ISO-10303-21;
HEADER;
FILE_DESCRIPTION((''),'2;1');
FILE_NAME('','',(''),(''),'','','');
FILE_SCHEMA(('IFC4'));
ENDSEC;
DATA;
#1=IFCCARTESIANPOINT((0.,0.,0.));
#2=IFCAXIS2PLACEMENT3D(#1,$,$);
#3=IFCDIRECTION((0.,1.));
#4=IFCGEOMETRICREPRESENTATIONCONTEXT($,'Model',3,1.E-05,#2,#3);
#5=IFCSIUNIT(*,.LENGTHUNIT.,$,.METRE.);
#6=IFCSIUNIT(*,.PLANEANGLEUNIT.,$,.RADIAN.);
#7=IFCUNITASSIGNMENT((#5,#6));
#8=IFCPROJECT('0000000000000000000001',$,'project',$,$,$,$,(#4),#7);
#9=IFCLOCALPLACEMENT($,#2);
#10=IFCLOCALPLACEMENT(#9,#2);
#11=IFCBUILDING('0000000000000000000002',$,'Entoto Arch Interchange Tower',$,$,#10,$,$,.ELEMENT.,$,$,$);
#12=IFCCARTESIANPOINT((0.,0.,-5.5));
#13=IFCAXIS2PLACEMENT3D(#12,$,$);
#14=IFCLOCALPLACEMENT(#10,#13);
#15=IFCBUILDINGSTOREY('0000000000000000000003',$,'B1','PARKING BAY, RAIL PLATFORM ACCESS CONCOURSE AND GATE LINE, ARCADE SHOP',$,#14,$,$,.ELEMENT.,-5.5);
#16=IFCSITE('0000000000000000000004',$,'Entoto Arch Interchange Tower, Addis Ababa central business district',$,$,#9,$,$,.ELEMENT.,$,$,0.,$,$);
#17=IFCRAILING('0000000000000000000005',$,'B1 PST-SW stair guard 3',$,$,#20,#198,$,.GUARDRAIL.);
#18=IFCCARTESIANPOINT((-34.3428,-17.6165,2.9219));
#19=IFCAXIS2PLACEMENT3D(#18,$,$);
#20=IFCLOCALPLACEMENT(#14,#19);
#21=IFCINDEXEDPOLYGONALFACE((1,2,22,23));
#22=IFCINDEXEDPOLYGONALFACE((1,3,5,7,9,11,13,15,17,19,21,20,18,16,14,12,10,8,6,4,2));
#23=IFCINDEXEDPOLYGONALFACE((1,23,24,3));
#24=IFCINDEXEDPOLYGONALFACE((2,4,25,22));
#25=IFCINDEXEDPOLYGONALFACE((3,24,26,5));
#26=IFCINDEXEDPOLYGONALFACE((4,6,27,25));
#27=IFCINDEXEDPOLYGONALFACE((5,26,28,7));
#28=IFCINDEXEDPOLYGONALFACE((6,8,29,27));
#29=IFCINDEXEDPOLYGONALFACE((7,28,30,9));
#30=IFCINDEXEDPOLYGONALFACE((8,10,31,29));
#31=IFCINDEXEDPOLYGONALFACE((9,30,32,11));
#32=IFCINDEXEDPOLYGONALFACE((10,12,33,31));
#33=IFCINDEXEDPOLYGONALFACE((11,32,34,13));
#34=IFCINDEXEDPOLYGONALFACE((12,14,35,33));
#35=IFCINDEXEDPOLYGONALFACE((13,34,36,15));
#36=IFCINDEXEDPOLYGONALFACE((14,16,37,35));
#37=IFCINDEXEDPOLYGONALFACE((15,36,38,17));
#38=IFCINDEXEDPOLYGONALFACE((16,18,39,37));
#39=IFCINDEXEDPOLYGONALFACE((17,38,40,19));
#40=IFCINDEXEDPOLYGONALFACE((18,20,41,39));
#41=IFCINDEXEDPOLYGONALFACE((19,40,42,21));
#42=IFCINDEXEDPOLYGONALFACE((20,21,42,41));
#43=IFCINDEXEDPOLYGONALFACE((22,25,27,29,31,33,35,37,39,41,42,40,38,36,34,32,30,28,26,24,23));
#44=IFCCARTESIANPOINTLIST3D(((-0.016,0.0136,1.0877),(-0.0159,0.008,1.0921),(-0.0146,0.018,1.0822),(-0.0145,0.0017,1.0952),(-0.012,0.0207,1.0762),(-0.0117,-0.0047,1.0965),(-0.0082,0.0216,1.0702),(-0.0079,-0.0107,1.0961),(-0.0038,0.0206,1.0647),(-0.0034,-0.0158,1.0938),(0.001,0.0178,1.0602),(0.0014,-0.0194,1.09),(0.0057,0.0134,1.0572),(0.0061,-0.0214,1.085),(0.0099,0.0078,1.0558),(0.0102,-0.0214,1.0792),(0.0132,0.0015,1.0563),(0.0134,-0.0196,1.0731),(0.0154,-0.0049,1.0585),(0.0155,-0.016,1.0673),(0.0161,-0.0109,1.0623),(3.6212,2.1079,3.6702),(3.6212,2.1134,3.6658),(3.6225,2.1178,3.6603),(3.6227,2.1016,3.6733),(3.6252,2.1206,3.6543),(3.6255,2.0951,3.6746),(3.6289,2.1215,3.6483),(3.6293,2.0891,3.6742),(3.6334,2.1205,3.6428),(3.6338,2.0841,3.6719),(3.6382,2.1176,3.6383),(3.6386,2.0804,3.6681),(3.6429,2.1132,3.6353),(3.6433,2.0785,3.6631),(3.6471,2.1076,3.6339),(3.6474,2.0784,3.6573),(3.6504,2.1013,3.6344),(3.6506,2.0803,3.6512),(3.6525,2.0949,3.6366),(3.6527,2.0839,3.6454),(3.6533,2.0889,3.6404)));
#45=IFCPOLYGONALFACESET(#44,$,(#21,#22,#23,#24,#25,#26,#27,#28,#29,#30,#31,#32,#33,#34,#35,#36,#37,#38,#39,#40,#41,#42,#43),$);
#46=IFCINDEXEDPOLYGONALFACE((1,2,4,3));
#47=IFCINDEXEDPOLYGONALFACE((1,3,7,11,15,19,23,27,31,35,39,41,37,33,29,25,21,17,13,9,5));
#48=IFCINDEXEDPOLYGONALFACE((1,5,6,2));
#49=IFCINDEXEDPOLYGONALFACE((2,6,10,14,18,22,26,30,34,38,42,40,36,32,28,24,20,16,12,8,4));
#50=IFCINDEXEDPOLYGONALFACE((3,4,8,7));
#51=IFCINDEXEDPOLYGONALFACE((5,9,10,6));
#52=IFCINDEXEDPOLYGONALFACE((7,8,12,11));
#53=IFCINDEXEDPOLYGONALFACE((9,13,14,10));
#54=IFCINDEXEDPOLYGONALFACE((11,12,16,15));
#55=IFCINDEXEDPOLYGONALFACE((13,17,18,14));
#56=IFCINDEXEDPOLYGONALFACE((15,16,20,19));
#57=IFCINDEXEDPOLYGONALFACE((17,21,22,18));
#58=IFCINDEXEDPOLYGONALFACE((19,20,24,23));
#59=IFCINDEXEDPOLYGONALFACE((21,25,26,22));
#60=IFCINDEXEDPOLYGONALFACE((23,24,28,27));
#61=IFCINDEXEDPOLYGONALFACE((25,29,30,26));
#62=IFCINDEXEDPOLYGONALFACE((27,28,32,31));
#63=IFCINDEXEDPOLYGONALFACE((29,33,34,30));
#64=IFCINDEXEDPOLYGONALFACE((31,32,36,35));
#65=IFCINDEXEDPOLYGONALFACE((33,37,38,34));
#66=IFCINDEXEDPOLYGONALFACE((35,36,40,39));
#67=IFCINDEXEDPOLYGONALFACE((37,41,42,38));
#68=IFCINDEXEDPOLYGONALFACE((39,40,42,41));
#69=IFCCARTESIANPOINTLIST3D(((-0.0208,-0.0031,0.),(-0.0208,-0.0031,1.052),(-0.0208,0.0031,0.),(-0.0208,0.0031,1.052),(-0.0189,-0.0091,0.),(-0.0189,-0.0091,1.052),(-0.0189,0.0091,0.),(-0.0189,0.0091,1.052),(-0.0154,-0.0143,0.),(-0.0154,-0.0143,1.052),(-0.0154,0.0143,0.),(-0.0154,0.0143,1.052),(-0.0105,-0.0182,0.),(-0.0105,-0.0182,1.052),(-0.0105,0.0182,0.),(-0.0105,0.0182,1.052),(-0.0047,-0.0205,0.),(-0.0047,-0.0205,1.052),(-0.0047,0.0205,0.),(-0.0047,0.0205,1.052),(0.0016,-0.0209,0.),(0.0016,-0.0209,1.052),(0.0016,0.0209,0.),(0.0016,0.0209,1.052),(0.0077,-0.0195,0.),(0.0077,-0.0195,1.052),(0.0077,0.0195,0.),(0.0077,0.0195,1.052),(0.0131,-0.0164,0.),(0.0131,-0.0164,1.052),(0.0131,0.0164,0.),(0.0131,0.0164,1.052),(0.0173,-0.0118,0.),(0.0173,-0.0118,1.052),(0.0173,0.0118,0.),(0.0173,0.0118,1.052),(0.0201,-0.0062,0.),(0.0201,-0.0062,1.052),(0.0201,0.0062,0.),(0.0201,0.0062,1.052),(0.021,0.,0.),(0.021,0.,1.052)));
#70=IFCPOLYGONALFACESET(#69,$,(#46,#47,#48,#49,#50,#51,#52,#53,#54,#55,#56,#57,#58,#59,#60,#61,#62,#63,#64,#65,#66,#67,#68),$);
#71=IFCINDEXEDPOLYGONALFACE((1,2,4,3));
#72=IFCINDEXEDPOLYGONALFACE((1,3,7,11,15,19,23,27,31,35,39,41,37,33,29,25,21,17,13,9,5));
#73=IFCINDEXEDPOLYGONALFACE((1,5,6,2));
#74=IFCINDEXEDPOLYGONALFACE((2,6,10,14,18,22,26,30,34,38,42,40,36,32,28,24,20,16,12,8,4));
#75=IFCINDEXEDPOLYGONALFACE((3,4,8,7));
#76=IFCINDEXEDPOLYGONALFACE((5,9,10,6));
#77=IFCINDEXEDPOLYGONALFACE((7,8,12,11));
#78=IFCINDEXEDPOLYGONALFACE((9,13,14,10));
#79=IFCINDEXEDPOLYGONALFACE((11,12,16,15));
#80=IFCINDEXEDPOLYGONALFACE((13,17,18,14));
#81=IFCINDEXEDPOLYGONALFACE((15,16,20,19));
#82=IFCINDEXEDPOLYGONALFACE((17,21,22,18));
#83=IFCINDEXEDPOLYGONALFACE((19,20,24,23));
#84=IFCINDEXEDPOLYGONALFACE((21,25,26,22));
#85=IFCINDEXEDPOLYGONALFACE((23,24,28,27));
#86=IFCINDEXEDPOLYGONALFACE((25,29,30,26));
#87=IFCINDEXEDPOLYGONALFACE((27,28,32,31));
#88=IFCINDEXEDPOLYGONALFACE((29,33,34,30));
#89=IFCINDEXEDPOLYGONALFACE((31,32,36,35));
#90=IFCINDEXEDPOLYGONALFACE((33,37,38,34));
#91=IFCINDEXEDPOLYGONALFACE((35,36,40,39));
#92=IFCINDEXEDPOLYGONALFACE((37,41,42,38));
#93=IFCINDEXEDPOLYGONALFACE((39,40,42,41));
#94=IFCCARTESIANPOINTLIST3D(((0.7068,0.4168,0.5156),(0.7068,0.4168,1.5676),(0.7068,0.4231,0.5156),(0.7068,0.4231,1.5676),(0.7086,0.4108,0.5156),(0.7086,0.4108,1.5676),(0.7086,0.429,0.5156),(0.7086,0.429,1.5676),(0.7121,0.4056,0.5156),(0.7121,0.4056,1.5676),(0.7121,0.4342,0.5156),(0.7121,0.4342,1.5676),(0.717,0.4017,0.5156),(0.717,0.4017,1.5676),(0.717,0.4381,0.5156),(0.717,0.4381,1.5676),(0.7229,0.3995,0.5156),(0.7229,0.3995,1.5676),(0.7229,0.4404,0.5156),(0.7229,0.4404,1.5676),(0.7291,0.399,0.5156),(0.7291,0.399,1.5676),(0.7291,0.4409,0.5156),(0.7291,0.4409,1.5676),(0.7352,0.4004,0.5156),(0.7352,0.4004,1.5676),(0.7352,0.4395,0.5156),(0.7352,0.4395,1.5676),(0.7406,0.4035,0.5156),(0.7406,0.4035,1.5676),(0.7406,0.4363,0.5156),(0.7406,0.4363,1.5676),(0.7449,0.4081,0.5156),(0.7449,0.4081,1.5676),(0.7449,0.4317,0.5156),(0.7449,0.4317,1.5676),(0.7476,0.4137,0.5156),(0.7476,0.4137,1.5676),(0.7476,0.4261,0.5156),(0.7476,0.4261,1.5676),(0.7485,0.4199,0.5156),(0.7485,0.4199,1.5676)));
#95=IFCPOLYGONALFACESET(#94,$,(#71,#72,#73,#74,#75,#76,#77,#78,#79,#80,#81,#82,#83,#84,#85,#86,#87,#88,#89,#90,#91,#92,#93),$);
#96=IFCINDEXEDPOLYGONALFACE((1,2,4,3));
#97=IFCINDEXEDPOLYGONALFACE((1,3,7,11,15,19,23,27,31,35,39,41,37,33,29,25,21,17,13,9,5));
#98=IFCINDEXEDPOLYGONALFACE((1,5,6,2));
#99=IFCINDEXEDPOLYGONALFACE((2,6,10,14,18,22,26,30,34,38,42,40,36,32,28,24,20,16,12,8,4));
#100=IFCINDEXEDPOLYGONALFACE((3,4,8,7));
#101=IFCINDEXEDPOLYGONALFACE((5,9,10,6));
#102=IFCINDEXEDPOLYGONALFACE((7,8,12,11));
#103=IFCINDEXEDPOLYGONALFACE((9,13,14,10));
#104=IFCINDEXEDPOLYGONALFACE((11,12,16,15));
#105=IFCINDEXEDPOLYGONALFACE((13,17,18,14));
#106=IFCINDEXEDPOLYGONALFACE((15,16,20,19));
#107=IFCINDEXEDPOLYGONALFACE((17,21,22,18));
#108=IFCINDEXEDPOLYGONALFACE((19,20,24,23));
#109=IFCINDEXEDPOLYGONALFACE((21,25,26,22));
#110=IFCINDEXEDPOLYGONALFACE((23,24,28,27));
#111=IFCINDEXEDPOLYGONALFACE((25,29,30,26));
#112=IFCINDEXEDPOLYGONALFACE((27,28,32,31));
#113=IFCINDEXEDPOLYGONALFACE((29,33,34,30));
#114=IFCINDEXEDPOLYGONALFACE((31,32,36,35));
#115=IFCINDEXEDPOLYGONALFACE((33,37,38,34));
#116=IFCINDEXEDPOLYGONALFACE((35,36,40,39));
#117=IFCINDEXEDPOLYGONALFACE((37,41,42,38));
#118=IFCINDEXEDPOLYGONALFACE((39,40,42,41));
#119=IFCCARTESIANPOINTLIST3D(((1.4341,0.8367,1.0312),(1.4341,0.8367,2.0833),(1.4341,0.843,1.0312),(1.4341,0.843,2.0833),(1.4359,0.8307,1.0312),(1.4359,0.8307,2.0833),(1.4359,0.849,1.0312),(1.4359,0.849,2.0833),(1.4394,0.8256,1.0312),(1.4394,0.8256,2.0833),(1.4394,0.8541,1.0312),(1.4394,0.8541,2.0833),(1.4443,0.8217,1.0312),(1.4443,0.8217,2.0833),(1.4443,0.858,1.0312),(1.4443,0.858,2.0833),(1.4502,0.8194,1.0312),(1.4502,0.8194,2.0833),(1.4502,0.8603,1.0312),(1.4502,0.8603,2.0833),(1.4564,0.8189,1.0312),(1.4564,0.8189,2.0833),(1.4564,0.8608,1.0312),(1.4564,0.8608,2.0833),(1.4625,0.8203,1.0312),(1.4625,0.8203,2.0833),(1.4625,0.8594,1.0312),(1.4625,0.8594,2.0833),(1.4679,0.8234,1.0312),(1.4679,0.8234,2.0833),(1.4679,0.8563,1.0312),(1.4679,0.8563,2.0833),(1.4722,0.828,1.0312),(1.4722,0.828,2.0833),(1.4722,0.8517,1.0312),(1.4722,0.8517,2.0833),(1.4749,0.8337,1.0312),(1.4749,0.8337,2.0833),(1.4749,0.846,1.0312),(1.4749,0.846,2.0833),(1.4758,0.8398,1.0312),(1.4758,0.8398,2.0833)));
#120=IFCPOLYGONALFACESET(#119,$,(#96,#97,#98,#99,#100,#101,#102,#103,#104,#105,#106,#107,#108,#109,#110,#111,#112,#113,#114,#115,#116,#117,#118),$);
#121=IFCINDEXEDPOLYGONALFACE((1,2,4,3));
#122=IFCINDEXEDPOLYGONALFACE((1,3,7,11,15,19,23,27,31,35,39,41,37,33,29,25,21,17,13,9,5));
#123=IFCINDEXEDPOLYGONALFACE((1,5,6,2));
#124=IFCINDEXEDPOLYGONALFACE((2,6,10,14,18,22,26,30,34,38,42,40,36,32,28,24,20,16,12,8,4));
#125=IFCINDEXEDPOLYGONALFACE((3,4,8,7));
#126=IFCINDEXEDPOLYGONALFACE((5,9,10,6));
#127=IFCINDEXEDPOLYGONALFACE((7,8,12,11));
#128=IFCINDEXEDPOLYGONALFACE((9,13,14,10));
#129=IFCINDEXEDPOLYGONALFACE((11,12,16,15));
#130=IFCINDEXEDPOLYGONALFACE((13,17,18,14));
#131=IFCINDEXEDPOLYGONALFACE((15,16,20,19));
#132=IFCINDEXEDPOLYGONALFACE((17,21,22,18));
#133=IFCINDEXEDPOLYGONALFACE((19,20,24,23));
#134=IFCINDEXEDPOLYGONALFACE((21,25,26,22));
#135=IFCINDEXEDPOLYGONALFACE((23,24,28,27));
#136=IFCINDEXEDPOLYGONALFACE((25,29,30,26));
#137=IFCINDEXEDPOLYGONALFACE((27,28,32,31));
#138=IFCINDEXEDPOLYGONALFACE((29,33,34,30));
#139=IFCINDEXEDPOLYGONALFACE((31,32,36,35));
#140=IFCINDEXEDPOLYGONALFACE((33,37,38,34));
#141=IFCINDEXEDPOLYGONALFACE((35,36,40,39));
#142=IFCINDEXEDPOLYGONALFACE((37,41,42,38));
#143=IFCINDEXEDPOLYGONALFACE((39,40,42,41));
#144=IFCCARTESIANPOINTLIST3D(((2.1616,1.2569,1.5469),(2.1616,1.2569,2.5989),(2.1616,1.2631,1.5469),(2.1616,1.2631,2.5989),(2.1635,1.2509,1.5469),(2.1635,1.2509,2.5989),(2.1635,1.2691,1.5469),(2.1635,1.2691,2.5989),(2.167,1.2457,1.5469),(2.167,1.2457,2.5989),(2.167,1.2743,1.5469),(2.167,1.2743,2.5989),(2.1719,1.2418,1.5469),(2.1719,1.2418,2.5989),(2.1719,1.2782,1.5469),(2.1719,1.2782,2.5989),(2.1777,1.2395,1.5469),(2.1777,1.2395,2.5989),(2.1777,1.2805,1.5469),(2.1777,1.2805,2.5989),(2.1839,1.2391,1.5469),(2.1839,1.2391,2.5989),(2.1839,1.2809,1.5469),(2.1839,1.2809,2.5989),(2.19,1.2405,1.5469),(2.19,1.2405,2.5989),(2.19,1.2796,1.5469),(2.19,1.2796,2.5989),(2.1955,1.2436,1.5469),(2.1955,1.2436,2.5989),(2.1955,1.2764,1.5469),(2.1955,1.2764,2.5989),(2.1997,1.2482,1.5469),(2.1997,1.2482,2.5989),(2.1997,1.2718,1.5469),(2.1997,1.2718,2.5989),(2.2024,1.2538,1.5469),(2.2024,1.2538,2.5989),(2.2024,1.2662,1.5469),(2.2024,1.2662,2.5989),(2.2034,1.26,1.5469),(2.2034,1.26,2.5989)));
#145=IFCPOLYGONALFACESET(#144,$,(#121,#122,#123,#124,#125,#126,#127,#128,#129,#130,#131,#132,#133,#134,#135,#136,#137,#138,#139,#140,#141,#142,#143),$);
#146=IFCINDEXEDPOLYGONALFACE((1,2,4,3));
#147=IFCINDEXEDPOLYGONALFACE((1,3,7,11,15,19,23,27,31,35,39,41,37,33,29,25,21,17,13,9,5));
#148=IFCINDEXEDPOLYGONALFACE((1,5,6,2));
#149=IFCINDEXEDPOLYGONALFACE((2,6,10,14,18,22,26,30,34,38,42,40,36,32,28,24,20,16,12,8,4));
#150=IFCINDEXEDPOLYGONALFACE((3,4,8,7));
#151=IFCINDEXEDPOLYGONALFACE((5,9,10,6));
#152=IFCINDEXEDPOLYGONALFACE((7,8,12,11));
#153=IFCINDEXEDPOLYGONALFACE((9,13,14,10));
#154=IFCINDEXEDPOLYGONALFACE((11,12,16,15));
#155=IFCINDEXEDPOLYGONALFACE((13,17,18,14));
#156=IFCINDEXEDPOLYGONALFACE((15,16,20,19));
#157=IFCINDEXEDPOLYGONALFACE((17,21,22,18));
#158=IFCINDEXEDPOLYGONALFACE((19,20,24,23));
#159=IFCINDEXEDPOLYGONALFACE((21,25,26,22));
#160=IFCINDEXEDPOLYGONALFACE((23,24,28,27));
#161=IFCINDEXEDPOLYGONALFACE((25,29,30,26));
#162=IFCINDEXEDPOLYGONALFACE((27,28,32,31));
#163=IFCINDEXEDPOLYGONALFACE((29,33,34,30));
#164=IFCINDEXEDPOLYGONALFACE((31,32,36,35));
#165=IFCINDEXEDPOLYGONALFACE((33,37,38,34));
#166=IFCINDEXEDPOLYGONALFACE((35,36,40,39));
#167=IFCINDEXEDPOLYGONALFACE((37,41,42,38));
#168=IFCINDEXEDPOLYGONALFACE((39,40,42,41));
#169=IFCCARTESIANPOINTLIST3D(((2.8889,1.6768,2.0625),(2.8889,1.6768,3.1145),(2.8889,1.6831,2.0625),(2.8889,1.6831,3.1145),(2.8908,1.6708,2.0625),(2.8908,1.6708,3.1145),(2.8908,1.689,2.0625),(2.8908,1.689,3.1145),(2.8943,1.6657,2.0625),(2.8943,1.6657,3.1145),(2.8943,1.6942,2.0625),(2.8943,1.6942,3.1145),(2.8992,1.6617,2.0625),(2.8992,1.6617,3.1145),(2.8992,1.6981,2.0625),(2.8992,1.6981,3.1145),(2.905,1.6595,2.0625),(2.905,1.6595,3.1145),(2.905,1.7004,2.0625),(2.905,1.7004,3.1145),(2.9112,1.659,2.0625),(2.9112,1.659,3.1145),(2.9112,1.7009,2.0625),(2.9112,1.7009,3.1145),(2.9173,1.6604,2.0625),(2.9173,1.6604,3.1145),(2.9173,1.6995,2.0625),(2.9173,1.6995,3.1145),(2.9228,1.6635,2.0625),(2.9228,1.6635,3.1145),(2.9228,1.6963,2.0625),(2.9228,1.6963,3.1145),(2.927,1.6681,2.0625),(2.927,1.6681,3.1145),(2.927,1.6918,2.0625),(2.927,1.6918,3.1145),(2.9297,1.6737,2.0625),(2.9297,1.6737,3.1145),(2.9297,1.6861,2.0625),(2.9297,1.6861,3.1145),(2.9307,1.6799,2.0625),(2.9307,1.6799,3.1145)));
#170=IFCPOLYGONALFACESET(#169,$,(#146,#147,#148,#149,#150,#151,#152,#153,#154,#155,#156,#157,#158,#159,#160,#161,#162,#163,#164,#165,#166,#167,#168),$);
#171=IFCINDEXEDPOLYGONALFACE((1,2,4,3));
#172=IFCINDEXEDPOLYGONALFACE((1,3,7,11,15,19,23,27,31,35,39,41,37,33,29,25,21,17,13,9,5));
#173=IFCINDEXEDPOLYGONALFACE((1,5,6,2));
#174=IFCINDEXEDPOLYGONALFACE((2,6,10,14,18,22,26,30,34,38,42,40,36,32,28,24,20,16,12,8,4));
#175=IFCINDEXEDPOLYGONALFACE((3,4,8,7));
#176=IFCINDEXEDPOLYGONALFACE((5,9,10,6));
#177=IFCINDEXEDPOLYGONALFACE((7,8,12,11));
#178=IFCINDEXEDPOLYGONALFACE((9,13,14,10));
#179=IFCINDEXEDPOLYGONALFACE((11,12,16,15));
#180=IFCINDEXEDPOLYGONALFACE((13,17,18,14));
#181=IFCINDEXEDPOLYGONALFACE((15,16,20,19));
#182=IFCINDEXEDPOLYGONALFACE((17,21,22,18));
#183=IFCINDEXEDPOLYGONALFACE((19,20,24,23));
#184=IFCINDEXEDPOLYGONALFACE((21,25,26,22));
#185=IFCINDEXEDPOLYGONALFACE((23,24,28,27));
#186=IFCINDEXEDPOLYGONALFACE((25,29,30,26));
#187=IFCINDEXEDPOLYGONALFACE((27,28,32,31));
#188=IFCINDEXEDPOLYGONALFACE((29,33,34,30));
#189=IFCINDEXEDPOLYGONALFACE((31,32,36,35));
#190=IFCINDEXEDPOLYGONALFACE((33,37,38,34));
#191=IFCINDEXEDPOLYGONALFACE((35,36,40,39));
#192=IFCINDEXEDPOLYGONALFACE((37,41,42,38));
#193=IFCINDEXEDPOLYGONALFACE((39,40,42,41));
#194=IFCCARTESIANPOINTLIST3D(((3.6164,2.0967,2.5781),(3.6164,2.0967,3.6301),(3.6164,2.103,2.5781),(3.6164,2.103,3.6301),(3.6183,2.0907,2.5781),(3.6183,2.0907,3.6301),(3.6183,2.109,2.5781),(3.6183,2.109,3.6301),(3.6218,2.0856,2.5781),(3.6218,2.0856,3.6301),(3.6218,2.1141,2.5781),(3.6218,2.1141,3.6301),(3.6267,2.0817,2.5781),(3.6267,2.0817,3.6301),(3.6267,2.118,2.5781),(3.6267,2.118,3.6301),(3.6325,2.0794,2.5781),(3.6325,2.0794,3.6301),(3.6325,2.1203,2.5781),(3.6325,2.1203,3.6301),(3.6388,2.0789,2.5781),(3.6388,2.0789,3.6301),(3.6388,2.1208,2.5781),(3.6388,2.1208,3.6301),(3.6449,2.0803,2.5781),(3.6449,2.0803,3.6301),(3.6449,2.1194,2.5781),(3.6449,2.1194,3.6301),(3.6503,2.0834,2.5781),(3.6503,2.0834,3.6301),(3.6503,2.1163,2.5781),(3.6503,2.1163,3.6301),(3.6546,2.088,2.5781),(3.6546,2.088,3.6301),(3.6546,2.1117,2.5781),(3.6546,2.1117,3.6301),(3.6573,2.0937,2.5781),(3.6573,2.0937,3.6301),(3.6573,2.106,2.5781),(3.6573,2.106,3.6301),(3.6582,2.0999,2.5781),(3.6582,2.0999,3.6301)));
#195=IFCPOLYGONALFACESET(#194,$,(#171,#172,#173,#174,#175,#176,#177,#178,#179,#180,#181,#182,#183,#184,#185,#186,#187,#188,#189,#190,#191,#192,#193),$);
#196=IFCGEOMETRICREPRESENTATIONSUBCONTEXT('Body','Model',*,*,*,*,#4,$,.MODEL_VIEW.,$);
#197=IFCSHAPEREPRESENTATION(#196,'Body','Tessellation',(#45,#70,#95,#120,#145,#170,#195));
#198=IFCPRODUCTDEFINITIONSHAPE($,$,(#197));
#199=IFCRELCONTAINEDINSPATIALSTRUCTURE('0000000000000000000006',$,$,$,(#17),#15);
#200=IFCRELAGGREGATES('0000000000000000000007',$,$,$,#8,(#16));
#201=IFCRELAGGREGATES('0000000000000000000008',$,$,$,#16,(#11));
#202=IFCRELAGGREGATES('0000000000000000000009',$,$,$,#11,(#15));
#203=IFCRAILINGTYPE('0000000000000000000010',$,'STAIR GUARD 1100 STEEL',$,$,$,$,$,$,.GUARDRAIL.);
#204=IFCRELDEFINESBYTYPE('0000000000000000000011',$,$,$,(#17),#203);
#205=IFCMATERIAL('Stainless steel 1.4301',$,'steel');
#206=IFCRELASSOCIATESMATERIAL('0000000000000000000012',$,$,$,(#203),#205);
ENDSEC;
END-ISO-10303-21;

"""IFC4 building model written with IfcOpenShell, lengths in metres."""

from ifc_helpers import new_model, si_unit, direction, frame, origin, origin_2d, place, context, subcontext, project, spatial, circle, extrude, material, type_object, element, save


model = new_model("IFC4")

# Units and contexts
model_context = context("Model", 3, precision=1e-05, world=origin(), true_north=direction((0.0, 1.0)))
body_context = subcontext(model_context, "Body", "Model", "MODEL_VIEW")
ifc_project = project(units=[si_unit("LENGTHUNIT", "METRE"), si_unit("PLANEANGLEUNIT", "RADIAN")], contexts=[model_context])

# Site, building, storey
site_placement = place(None, origin())
site = spatial("IfcSite", under=ifc_project, at=site_placement, Name="Entoto Arch Interchange Tower, Addis Ababa central business district", CompositionType="ELEMENT", RefElevation=0.0)
building_placement = place(site_placement, origin())
building = spatial("IfcBuilding", under=site, at=building_placement, Name="Entoto Arch Interchange Tower", CompositionType="ELEMENT")
storey_placement = place(building_placement, frame((0.0, 0.0, -5.5)))
storey = spatial("IfcBuildingStorey", under=building, at=storey_placement, Name="B1", Description="PARKING BAY, RAIL PLATFORM ACCESS CONCOURSE AND GATE LINE, ARCADE SHOP", CompositionType="ELEMENT", Elevation=-5.5)

# Railing
ifc_material_1 = material(Name="Stainless steel 1.4301", Category="steel")
railing_type_1 = type_object("IfcRailingType", Name="STAIR GUARD 1100 STEEL", PredefinedType="GUARDRAIL", material=ifc_material_1)
railing_1_placement = place(storey_placement, frame((-34.3428, -17.6165, 2.9219)))
element("IfcRailing", 1, at=railing_1_placement, inside=storey, type_object=railing_type_1, Name="B1 PST-SW stair guard 3", PredefinedType="GUARDRAIL", context=body_context, shape_type="SweptSolid", body=[
    extrude(circle(Radius=0.0239, at=origin_2d()), frame((0.0, 0.0, 1.0762), z_axis=(0.738067, 0.426105, 0.523156), x_axis=(-0.499984, 0.866035, 0.0)), (0.0, 0.0, 1.0), 4.928),
    extrude(circle(Radius=0.021, at=origin_2d()), origin(), (0.0, 0.0, 1.0), 1.052),
    extrude(circle(Radius=0.021, at=origin_2d()), frame((0.7275, 0.4199, 0.5156)), (0.0, 0.0, 1.0), 1.052),
    extrude(circle(Radius=0.021, at=origin_2d()), frame((1.4548, 0.8398, 1.0312)), (0.0, 0.0, 1.0), 1.052),
    extrude(circle(Radius=0.021, at=origin_2d()), frame((2.1824, 1.26, 1.5469)), (0.0, 0.0, 1.0), 1.052),
    extrude(circle(Radius=0.021, at=origin_2d()), frame((2.9097, 1.6799, 2.0625)), (0.0, 0.0, 1.0), 1.052),
    extrude(circle(Radius=0.021, at=origin_2d()), frame((3.6372, 2.0999, 2.5781)), (0.0, 0.0, 1.0), 1.052),
])

save(model, "model.ifc")
